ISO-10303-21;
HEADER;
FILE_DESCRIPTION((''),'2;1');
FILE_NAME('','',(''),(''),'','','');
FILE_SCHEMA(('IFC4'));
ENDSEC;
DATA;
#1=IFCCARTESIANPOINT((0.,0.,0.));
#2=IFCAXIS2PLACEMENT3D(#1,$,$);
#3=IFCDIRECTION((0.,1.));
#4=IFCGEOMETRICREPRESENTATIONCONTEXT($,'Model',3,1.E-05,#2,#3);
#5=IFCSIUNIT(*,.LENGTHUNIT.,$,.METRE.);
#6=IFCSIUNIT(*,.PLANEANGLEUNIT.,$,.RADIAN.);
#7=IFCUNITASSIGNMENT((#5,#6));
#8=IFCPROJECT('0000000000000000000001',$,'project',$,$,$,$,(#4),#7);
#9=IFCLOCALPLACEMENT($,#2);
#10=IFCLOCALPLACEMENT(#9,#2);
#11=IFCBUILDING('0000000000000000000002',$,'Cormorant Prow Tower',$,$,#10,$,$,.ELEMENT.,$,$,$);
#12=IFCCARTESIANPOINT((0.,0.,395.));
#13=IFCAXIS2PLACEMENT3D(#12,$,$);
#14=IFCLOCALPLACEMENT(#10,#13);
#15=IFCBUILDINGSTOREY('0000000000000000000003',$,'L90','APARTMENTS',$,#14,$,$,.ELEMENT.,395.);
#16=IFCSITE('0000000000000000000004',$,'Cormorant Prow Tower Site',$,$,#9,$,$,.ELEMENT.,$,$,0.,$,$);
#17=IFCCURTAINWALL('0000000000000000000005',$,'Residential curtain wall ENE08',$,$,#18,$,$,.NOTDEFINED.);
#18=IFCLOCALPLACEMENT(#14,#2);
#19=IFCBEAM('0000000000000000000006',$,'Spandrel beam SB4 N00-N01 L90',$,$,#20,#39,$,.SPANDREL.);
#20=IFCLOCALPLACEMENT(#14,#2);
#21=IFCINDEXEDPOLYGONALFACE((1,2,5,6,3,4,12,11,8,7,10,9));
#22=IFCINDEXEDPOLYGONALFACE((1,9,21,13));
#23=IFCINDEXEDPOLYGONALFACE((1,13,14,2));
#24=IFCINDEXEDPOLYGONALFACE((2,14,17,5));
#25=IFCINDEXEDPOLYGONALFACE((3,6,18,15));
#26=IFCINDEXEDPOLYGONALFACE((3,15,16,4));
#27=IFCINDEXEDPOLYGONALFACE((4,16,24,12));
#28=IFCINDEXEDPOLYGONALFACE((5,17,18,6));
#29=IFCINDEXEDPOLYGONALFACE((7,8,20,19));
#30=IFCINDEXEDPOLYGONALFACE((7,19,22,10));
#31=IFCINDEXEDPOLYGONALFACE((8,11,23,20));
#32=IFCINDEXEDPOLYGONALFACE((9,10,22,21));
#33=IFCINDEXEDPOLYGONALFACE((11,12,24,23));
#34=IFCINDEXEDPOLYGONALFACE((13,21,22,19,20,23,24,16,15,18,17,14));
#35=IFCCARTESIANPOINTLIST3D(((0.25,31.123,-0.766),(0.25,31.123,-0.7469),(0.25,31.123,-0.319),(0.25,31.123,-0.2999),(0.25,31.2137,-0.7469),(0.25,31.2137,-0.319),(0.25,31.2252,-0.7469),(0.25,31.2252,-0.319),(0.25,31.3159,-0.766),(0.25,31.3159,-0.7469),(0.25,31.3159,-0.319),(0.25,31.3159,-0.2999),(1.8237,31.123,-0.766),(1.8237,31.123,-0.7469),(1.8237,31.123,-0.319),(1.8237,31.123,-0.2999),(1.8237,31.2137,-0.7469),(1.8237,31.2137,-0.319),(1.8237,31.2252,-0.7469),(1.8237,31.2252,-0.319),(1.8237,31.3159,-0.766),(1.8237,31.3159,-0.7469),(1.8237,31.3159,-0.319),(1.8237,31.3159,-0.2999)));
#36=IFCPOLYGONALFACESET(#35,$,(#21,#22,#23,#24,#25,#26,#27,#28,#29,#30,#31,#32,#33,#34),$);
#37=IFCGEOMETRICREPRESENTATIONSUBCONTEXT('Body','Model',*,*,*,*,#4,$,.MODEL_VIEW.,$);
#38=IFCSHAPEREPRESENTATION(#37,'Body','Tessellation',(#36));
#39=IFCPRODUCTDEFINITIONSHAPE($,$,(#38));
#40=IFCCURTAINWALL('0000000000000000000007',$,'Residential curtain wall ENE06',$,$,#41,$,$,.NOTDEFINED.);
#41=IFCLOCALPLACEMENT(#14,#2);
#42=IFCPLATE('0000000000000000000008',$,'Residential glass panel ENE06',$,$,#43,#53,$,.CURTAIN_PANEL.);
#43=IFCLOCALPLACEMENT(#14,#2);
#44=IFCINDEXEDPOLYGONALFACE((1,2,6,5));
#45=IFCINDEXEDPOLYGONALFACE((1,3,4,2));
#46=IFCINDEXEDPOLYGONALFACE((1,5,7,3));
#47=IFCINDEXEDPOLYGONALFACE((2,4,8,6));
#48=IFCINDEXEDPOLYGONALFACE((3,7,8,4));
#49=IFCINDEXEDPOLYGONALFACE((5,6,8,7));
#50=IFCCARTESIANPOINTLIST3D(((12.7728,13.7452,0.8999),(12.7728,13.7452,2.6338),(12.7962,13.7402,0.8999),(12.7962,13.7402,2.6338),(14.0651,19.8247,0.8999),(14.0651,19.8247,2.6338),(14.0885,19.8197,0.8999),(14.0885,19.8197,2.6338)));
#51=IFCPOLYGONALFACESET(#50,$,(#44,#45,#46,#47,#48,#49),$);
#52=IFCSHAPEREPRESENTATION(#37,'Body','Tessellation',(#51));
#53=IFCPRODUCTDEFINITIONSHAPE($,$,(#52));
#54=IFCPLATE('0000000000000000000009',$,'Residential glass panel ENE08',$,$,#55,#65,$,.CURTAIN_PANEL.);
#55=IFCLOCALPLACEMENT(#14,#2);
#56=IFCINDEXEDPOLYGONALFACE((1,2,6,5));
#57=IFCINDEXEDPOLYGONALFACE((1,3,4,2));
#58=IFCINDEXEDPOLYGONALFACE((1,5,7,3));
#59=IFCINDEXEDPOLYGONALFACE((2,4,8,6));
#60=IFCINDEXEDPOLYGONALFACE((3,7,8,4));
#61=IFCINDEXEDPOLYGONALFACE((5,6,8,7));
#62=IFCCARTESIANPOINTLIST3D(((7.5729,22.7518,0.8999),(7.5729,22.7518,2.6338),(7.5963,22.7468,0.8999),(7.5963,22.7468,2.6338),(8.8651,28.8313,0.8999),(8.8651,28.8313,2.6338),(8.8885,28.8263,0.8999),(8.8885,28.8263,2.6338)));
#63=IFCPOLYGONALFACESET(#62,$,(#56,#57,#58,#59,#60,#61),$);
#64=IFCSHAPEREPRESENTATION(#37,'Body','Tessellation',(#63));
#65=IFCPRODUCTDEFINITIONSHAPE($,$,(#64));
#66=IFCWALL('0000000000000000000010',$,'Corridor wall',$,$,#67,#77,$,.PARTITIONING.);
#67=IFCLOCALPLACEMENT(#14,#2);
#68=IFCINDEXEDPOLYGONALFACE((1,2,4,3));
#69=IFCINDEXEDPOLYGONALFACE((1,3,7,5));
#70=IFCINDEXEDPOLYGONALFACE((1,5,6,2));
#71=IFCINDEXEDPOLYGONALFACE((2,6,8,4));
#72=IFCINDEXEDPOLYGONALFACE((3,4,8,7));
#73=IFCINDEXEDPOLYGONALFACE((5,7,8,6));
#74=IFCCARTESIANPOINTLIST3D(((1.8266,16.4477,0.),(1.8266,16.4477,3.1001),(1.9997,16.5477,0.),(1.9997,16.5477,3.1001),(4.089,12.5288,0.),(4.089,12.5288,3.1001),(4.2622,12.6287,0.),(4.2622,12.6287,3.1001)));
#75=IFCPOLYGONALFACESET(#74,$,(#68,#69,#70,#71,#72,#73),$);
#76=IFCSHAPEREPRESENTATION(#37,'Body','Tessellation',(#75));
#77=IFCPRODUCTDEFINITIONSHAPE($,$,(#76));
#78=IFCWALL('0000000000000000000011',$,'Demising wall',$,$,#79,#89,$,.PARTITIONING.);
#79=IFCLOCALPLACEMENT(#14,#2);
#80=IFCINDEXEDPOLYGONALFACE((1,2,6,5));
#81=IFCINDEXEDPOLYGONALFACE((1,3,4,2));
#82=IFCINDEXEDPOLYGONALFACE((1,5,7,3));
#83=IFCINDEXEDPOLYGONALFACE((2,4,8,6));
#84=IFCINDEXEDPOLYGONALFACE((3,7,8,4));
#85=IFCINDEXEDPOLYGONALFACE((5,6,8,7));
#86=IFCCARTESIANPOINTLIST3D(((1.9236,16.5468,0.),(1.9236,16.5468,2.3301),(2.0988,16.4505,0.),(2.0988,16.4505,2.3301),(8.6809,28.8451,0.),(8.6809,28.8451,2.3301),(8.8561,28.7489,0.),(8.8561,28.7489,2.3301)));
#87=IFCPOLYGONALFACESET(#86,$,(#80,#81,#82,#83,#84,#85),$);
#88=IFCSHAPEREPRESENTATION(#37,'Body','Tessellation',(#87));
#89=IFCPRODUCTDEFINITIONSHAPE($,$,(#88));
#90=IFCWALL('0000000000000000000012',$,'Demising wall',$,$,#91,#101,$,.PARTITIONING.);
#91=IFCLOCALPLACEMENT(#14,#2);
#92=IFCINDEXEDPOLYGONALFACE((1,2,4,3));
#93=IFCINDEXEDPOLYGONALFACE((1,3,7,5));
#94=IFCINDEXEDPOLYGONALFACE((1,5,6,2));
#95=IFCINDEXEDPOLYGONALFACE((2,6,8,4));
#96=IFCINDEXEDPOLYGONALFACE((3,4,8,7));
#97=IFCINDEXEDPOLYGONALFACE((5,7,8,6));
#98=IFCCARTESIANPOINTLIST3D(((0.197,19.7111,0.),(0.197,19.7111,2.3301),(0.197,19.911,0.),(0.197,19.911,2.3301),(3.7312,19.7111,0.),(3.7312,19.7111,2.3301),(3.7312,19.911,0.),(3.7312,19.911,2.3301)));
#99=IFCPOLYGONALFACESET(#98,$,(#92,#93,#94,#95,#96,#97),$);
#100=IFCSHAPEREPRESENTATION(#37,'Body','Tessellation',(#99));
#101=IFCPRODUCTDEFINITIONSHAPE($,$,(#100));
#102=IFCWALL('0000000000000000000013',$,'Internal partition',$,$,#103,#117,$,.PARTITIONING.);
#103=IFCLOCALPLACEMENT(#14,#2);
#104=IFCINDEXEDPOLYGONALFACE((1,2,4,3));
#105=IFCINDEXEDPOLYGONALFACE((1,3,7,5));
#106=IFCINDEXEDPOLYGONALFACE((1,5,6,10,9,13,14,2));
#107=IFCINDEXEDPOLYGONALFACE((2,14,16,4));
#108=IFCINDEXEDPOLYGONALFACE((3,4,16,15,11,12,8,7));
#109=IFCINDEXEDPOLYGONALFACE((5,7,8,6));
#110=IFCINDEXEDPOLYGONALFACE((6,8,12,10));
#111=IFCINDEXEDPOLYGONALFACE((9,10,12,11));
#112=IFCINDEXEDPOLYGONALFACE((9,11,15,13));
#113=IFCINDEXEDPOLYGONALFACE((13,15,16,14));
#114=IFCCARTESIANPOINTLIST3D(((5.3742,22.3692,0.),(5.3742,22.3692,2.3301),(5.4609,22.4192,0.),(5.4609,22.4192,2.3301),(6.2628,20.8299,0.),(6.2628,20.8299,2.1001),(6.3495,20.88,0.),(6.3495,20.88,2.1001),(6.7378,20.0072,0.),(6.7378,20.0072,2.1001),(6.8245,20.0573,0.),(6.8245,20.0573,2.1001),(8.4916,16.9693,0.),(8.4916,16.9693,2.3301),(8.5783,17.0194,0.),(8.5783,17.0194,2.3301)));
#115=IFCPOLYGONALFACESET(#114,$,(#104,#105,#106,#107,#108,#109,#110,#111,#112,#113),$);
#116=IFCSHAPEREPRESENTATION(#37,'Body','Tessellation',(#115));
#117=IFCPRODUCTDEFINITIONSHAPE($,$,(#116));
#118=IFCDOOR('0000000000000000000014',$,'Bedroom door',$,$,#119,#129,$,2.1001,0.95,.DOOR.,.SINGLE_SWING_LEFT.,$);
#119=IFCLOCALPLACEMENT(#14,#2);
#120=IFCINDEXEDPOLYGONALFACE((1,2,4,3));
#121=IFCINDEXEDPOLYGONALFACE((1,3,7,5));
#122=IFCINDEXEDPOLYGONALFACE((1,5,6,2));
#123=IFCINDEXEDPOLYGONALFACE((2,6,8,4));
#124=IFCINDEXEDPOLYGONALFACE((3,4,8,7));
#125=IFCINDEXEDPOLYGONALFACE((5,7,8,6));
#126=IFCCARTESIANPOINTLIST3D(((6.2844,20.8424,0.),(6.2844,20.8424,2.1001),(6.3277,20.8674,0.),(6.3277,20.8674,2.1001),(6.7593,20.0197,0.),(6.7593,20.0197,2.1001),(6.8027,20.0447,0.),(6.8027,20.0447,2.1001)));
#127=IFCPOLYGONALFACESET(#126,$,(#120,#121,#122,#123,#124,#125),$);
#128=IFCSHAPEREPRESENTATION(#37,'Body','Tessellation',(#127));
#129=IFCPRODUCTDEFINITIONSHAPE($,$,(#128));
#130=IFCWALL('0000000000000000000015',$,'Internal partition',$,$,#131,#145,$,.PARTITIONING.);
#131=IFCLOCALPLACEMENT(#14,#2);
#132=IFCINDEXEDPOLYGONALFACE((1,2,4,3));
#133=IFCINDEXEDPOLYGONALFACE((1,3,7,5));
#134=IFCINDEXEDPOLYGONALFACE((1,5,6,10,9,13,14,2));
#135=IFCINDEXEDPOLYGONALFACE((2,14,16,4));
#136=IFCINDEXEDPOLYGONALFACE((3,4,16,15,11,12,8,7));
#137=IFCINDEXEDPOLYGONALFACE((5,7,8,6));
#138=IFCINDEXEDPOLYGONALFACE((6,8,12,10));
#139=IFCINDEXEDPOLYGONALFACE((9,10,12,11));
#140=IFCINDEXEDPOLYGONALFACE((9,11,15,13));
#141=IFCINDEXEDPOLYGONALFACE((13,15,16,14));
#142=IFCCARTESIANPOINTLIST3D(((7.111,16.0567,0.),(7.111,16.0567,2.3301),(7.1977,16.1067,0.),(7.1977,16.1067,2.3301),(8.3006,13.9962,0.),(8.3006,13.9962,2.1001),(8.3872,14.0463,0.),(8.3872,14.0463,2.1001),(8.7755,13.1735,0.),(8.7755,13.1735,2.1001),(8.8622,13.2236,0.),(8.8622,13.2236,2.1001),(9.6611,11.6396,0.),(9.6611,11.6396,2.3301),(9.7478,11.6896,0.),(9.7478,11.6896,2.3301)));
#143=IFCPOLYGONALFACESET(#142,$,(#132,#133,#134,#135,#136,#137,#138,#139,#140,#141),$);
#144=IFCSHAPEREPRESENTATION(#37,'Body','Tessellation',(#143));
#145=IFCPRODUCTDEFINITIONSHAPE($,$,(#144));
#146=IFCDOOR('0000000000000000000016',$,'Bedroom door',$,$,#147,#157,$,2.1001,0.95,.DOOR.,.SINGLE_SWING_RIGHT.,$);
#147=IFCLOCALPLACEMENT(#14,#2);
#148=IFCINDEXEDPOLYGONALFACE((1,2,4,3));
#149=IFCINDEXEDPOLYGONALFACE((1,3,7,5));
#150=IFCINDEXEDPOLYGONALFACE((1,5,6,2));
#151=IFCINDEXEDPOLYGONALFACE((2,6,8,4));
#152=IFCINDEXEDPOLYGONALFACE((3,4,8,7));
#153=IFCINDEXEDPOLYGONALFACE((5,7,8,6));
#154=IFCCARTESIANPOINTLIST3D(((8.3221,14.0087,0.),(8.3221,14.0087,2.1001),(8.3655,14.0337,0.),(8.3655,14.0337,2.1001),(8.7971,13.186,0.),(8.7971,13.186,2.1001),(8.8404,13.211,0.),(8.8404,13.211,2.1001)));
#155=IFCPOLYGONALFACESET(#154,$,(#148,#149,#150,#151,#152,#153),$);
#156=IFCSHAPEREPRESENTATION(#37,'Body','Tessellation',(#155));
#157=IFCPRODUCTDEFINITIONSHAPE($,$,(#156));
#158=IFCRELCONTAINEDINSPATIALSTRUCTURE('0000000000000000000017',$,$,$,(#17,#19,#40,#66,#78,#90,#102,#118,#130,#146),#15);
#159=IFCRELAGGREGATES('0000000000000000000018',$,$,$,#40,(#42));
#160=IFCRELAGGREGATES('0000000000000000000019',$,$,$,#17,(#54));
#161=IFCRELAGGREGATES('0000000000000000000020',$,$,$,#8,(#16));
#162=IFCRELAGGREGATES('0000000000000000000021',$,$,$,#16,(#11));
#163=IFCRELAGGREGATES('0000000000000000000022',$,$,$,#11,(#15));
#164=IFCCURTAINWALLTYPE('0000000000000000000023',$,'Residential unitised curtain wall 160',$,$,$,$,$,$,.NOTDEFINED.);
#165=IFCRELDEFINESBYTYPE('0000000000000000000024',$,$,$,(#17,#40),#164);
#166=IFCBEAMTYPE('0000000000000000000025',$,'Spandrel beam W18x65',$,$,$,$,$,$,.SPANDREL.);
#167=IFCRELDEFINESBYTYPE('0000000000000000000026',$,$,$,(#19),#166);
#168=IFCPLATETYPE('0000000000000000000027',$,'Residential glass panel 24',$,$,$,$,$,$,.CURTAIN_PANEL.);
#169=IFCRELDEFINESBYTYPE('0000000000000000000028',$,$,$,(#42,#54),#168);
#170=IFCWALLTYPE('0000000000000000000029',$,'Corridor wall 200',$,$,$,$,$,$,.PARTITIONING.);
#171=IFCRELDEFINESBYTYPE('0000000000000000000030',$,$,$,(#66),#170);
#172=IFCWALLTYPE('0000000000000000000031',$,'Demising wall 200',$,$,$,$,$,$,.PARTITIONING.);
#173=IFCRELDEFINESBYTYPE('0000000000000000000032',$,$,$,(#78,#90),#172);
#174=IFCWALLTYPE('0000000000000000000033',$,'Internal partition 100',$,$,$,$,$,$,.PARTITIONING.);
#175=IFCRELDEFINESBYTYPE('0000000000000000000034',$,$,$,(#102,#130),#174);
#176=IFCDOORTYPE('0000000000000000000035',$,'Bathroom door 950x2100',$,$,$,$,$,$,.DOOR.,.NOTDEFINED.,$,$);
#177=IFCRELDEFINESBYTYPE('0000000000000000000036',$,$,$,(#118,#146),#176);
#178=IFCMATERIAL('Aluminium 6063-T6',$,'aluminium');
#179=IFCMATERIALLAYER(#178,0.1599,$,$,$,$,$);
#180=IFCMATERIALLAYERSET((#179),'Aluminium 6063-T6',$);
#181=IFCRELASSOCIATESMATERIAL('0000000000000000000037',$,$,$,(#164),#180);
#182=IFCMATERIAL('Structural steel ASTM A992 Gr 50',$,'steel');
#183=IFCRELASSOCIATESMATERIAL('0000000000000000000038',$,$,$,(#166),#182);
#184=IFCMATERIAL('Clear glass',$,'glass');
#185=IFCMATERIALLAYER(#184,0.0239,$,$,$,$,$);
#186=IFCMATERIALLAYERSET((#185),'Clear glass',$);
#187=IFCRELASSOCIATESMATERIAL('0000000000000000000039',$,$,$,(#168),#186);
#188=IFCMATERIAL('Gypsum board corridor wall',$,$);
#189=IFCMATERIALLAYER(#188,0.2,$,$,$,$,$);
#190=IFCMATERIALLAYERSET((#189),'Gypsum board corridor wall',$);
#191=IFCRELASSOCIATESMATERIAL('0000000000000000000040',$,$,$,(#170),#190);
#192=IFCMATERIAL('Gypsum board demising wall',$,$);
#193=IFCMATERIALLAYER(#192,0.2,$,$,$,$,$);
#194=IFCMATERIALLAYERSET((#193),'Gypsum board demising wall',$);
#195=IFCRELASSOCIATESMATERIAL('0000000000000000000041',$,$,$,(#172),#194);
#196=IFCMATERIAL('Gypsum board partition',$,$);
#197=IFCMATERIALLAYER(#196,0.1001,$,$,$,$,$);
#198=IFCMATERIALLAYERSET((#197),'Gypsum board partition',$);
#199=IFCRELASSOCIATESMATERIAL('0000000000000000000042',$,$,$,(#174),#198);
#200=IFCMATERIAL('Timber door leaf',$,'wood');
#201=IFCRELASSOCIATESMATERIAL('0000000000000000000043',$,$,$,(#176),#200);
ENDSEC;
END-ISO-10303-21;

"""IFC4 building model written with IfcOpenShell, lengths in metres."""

from ifc_helpers import new_model, si_unit, direction, frame, frame_2d, origin, origin_2d, place, context, subcontext, project, spatial, rectangle, i_section, extrude, material, layer, layer_set, material_profile, profile_set, type_object, element, fill, aggregate, save


model = new_model("IFC4")

# Units and contexts
model_context = context("Model", 3, precision=1e-05, world=origin(), true_north=direction((0.0, 1.0)))
body_context = subcontext(model_context, "Body", "Model", "MODEL_VIEW")
ifc_project = project(units=[si_unit("LENGTHUNIT", "METRE"), si_unit("PLANEANGLEUNIT", "RADIAN")], contexts=[model_context])

# Site, building, storey
site_placement = place(None, origin())
site = spatial("IfcSite", under=ifc_project, at=site_placement, Name="Cormorant Prow Tower Site", CompositionType="ELEMENT", RefElevation=0.0)
building_placement = place(site_placement, origin())
building = spatial("IfcBuilding", under=site, at=building_placement, Name="Cormorant Prow Tower", CompositionType="ELEMENT")
storey_placement = place(building_placement, frame((0.0, 0.0, 395.0)))
storey = spatial("IfcBuildingStorey", under=building, at=storey_placement, Name="L90", Description="APARTMENTS", CompositionType="ELEMENT", Elevation=395.0)

# Curtain wall
ifc_material_1 = material(Name="Aluminium 6063-T6", Category="aluminium")
ifc_layer_1 = layer(ifc_material_1, 0.1599)
ifc_layer_set_1 = layer_set([ifc_layer_1], Name="Aluminium 6063-T6")
curtain_wall_type = type_object("IfcCurtainWallType", Name="Residential unitised curtain wall 160", PredefinedType="NOTDEFINED", material=ifc_layer_set_1)
curtain_wall_1_placement = place(storey_placement, origin())
curtain_wall_1 = element("IfcCurtainWall", 1, at=curtain_wall_1_placement, inside=storey, type_object=curtain_wall_type, Name="Residential curtain wall ENE08", PredefinedType="NOTDEFINED")

# Beam
ifc_material_2 = material(Name="Structural steel ASTM A992 Gr 50", Category="steel")
ifc_material_profile_1 = material_profile(ifc_material_2, i_section(OverallWidth=0.1929, OverallDepth=0.4661, WebThickness=0.0115, FlangeThickness=0.019, at=origin_2d()), Name="W18x65")
ifc_profile_set_1 = profile_set([ifc_material_profile_1], Name="Structural steel ASTM A992 Gr 50")
beam_type = type_object("IfcBeamType", Name="Spandrel beam W18x65", PredefinedType="SPANDREL", material=ifc_profile_set_1)
beam_1_placement = place(storey_placement, frame((1.8237, 31.2195, -0.533), z_axis=(-1.0, 0.0, 0.0), x_axis=(0.0, -1.0, 0.0)))
element("IfcBeam", 2, at=beam_1_placement, inside=storey, type_object=beam_type, Name="Spandrel beam SB4 N00-N01 L90", PredefinedType="SPANDREL", context=body_context, shape_type="SweptSolid", body=[
    extrude(i_section(OverallWidth=0.1929, OverallDepth=0.4661, WebThickness=0.0115, FlangeThickness=0.019, at=origin_2d()), origin(), (0.0, 0.0, 1.0), 1.5737),
])

# Curtain wall, plate
curtain_wall_2_placement = place(storey_placement, origin())
curtain_wall_2 = element("IfcCurtainWall", 3, at=curtain_wall_2_placement, inside=storey, type_object=curtain_wall_type, Name="Residential curtain wall ENE06", PredefinedType="NOTDEFINED")
ifc_material_3 = material(Name="Clear glass", Category="glass")
ifc_layer_2 = layer(ifc_material_3, 0.0239)
ifc_layer_set_2 = layer_set([ifc_layer_2], Name="Clear glass")
plate_type = type_object("IfcPlateType", Name="Residential glass panel 24", PredefinedType="CURTAIN_PANEL", material=ifc_layer_set_2)
plate_1_placement = place(storey_placement, frame((13.4307, 16.7825, 0.8999), z_axis=(0.0, 0.0, 1.0), x_axis=(0.207912, 0.978148, 0.0)))
plate_1 = element("IfcPlate", 4, at=plate_1_placement, type_object=plate_type, Name="Residential glass panel ENE06", PredefinedType="CURTAIN_PANEL", context=body_context, shape_type="SweptSolid", body=[
    extrude(rectangle(XDim=6.2153, YDim=0.0239, at=origin_2d()), origin(), (0.0, 0.0, 1.0), 1.7339),
])
aggregate(curtain_wall_2, [plate_1])

# Plate
plate_2_placement = place(storey_placement, frame((8.2307, 25.7891, 0.8999), z_axis=(0.0, 0.0, 1.0), x_axis=(0.207912, 0.978148, 0.0)))
plate_2 = element("IfcPlate", 5, at=plate_2_placement, type_object=plate_type, Name="Residential glass panel ENE08", PredefinedType="CURTAIN_PANEL", context=body_context, shape_type="SweptSolid", body=[
    extrude(rectangle(XDim=6.2153, YDim=0.0239, at=origin_2d()), origin(), (0.0, 0.0, 1.0), 1.7339),
])
aggregate(curtain_wall_1, [plate_2])

# Walls
ifc_material_4 = material(Name="Gypsum board corridor wall")
ifc_layer_3 = layer(ifc_material_4, 0.2)
ifc_layer_set_3 = layer_set([ifc_layer_3], Name="Gypsum board corridor wall")
wall_type_1 = type_object("IfcWallType", Name="Corridor wall 200", PredefinedType="PARTITIONING", material=ifc_layer_set_3)
wall_1_placement = place(storey_placement, frame((1.9131, 16.4978, 0.0), z_axis=(0.0, 0.0, 1.0), x_axis=(0.499975, -0.86604, 0.0)))
element("IfcWall", 6, at=wall_1_placement, inside=storey, type_object=wall_type_1, Name="Corridor wall", PredefinedType="PARTITIONING", context=body_context, shape_type="SweptSolid", body=[
    extrude(rectangle(XDim=4.5251, YDim=0.2, at=frame_2d((2.2627, 0.0))), origin(), (0.0, 0.0, 1.0), 3.1001),
])
ifc_material_5 = material(Name="Gypsum board demising wall")
ifc_layer_4 = layer(ifc_material_5, 0.2)
ifc_layer_set_4 = layer_set([ifc_layer_4], Name="Gypsum board demising wall")
wall_type_2 = type_object("IfcWallType", Name="Demising wall 200", PredefinedType="PARTITIONING", material=ifc_layer_set_4)
wall_2_placement = place(storey_placement, frame((2.0112, 16.4988, 0.0), z_axis=(0.0, 0.0, 1.0), x_axis=(0.481549, 0.876419, 0.0)))
element("IfcWall", 7, at=wall_2_placement, inside=storey, type_object=wall_type_2, Name="Demising wall", PredefinedType="PARTITIONING", context=body_context, shape_type="SweptSolid", body=[
    extrude(rectangle(XDim=14.0325, YDim=0.2, at=frame_2d((7.0161, 0.0))), origin(), (0.0, 0.0, 1.0), 2.3301),
])
wall_3_placement = place(storey_placement, frame((0.197, 19.811, 0.0), z_axis=(0.0, 0.0, 1.0), x_axis=(1.0, 0.0, 0.0)))
element("IfcWall", 8, at=wall_3_placement, inside=storey, type_object=wall_type_2, Name="Demising wall", PredefinedType="PARTITIONING", context=body_context, shape_type="SweptSolid", body=[
    extrude(rectangle(XDim=3.5342, YDim=0.2, at=frame_2d((1.7671, 0.0))), origin(), (0.0, 0.0, 1.0), 2.3301),
])

# Walls, openings, doors
ifc_material_6 = material(Name="Gypsum board partition")
ifc_layer_5 = layer(ifc_material_6, 0.1001)
ifc_layer_set_5 = layer_set([ifc_layer_5], Name="Gypsum board partition")
wall_type_3 = type_object("IfcWallType", Name="Internal partition 100", PredefinedType="PARTITIONING", material=ifc_layer_set_5)
wall_4_placement = place(storey_placement, frame((5.4175, 22.3943, 0.0), z_axis=(0.0, 0.0, 1.0), x_axis=(0.499976, -0.86604, 0.0)))
wall_4 = element("IfcWall", 9, at=wall_4_placement, inside=storey, type_object=wall_type_3, Name="Internal partition", PredefinedType="PARTITIONING", context=body_context, shape_type="SweptSolid", body=[
    extrude(rectangle(XDim=6.2351, YDim=0.1001, at=frame_2d((3.1177, 0.0))), origin(), (0.0, 0.0, 1.0), 2.3301),
])
opening_1_placement = place(wall_4_placement, frame((1.7773, 0.0, 0.0)))
opening_1 = element("IfcOpeningElement", 10, at=opening_1_placement, cuts=wall_4, PredefinedType="OPENING", context=body_context, shape_type="SweptSolid", body=[
    extrude(rectangle(XDim=0.95, YDim=2.1001, at=frame_2d((0.4751, 1.05))), frame((0.0, 0.0601, 0.0), z_axis=(0.0, -1.0, 0.0), x_axis=(1.0, 0.0, 0.0)), (0.0, 0.0, 1.0), 0.1201),
])
ifc_material_7 = material(Name="Timber door leaf", Category="wood")
door_type_1 = type_object("IfcDoorType", Name="Bathroom door 950x2100", OperationType="NOTDEFINED", PredefinedType="DOOR", material=ifc_material_7)
door_1_placement = place(opening_1_placement, origin())
door_1 = element("IfcDoor", 11, at=door_1_placement, inside=storey, type_object=door_type_1, Name="Bedroom door", OperationType="SINGLE_SWING_LEFT", OverallHeight=2.1001, OverallWidth=0.95, PredefinedType="DOOR", context=body_context, shape_type="SweptSolid", body=[
    extrude(rectangle(XDim=0.95, YDim=2.1001, at=frame_2d((0.4751, 1.05))), frame((0.0, 0.0249, 0.0), z_axis=(0.0, -1.0, 0.0), x_axis=(1.0, 0.0, 0.0)), (0.0, 0.0, 1.0), 0.05),
])
fill(opening_1, door_1)
wall_5_placement = place(storey_placement, frame((7.1543, 16.0818, 0.0), z_axis=(0.0, 0.0, 1.0), x_axis=(0.499985, -0.866034, 0.0)))
wall_5 = element("IfcWall", 12, at=wall_5_placement, inside=storey, type_object=wall_type_3, Name="Internal partition", PredefinedType="PARTITIONING", context=body_context, shape_type="SweptSolid", body=[
    extrude(rectangle(XDim=5.1003, YDim=0.1001, at=frame_2d((2.5503, 0.0))), origin(), (0.0, 0.0, 1.0), 2.3301),
])
opening_2_placement = place(wall_5_placement, frame((2.3792, 0.0, 0.0)))
opening_2 = element("IfcOpeningElement", 13, at=opening_2_placement, cuts=wall_5, PredefinedType="OPENING", context=body_context, shape_type="SweptSolid", body=[
    extrude(rectangle(XDim=0.95, YDim=2.1001, at=frame_2d((0.4751, 1.05))), frame((0.0, 0.0601, 0.0), z_axis=(0.0, -1.0, 0.0), x_axis=(1.0, 0.0, 0.0)), (0.0, 0.0, 1.0), 0.1201),
])
door_2_placement = place(opening_2_placement, origin())
door_2 = element("IfcDoor", 14, at=door_2_placement, inside=storey, type_object=door_type_1, Name="Bedroom door", OperationType="SINGLE_SWING_RIGHT", OverallHeight=2.1001, OverallWidth=0.95, PredefinedType="DOOR", context=body_context, shape_type="SweptSolid", body=[
    extrude(rectangle(XDim=0.95, YDim=2.1001, at=frame_2d((0.4751, 1.05))), frame((0.0, 0.0249, 0.0), z_axis=(0.0, -1.0, 0.0), x_axis=(1.0, 0.0, 0.0)), (0.0, 0.0, 1.0), 0.05),
])
fill(opening_2, door_2)

save(model, "model.ifc")
